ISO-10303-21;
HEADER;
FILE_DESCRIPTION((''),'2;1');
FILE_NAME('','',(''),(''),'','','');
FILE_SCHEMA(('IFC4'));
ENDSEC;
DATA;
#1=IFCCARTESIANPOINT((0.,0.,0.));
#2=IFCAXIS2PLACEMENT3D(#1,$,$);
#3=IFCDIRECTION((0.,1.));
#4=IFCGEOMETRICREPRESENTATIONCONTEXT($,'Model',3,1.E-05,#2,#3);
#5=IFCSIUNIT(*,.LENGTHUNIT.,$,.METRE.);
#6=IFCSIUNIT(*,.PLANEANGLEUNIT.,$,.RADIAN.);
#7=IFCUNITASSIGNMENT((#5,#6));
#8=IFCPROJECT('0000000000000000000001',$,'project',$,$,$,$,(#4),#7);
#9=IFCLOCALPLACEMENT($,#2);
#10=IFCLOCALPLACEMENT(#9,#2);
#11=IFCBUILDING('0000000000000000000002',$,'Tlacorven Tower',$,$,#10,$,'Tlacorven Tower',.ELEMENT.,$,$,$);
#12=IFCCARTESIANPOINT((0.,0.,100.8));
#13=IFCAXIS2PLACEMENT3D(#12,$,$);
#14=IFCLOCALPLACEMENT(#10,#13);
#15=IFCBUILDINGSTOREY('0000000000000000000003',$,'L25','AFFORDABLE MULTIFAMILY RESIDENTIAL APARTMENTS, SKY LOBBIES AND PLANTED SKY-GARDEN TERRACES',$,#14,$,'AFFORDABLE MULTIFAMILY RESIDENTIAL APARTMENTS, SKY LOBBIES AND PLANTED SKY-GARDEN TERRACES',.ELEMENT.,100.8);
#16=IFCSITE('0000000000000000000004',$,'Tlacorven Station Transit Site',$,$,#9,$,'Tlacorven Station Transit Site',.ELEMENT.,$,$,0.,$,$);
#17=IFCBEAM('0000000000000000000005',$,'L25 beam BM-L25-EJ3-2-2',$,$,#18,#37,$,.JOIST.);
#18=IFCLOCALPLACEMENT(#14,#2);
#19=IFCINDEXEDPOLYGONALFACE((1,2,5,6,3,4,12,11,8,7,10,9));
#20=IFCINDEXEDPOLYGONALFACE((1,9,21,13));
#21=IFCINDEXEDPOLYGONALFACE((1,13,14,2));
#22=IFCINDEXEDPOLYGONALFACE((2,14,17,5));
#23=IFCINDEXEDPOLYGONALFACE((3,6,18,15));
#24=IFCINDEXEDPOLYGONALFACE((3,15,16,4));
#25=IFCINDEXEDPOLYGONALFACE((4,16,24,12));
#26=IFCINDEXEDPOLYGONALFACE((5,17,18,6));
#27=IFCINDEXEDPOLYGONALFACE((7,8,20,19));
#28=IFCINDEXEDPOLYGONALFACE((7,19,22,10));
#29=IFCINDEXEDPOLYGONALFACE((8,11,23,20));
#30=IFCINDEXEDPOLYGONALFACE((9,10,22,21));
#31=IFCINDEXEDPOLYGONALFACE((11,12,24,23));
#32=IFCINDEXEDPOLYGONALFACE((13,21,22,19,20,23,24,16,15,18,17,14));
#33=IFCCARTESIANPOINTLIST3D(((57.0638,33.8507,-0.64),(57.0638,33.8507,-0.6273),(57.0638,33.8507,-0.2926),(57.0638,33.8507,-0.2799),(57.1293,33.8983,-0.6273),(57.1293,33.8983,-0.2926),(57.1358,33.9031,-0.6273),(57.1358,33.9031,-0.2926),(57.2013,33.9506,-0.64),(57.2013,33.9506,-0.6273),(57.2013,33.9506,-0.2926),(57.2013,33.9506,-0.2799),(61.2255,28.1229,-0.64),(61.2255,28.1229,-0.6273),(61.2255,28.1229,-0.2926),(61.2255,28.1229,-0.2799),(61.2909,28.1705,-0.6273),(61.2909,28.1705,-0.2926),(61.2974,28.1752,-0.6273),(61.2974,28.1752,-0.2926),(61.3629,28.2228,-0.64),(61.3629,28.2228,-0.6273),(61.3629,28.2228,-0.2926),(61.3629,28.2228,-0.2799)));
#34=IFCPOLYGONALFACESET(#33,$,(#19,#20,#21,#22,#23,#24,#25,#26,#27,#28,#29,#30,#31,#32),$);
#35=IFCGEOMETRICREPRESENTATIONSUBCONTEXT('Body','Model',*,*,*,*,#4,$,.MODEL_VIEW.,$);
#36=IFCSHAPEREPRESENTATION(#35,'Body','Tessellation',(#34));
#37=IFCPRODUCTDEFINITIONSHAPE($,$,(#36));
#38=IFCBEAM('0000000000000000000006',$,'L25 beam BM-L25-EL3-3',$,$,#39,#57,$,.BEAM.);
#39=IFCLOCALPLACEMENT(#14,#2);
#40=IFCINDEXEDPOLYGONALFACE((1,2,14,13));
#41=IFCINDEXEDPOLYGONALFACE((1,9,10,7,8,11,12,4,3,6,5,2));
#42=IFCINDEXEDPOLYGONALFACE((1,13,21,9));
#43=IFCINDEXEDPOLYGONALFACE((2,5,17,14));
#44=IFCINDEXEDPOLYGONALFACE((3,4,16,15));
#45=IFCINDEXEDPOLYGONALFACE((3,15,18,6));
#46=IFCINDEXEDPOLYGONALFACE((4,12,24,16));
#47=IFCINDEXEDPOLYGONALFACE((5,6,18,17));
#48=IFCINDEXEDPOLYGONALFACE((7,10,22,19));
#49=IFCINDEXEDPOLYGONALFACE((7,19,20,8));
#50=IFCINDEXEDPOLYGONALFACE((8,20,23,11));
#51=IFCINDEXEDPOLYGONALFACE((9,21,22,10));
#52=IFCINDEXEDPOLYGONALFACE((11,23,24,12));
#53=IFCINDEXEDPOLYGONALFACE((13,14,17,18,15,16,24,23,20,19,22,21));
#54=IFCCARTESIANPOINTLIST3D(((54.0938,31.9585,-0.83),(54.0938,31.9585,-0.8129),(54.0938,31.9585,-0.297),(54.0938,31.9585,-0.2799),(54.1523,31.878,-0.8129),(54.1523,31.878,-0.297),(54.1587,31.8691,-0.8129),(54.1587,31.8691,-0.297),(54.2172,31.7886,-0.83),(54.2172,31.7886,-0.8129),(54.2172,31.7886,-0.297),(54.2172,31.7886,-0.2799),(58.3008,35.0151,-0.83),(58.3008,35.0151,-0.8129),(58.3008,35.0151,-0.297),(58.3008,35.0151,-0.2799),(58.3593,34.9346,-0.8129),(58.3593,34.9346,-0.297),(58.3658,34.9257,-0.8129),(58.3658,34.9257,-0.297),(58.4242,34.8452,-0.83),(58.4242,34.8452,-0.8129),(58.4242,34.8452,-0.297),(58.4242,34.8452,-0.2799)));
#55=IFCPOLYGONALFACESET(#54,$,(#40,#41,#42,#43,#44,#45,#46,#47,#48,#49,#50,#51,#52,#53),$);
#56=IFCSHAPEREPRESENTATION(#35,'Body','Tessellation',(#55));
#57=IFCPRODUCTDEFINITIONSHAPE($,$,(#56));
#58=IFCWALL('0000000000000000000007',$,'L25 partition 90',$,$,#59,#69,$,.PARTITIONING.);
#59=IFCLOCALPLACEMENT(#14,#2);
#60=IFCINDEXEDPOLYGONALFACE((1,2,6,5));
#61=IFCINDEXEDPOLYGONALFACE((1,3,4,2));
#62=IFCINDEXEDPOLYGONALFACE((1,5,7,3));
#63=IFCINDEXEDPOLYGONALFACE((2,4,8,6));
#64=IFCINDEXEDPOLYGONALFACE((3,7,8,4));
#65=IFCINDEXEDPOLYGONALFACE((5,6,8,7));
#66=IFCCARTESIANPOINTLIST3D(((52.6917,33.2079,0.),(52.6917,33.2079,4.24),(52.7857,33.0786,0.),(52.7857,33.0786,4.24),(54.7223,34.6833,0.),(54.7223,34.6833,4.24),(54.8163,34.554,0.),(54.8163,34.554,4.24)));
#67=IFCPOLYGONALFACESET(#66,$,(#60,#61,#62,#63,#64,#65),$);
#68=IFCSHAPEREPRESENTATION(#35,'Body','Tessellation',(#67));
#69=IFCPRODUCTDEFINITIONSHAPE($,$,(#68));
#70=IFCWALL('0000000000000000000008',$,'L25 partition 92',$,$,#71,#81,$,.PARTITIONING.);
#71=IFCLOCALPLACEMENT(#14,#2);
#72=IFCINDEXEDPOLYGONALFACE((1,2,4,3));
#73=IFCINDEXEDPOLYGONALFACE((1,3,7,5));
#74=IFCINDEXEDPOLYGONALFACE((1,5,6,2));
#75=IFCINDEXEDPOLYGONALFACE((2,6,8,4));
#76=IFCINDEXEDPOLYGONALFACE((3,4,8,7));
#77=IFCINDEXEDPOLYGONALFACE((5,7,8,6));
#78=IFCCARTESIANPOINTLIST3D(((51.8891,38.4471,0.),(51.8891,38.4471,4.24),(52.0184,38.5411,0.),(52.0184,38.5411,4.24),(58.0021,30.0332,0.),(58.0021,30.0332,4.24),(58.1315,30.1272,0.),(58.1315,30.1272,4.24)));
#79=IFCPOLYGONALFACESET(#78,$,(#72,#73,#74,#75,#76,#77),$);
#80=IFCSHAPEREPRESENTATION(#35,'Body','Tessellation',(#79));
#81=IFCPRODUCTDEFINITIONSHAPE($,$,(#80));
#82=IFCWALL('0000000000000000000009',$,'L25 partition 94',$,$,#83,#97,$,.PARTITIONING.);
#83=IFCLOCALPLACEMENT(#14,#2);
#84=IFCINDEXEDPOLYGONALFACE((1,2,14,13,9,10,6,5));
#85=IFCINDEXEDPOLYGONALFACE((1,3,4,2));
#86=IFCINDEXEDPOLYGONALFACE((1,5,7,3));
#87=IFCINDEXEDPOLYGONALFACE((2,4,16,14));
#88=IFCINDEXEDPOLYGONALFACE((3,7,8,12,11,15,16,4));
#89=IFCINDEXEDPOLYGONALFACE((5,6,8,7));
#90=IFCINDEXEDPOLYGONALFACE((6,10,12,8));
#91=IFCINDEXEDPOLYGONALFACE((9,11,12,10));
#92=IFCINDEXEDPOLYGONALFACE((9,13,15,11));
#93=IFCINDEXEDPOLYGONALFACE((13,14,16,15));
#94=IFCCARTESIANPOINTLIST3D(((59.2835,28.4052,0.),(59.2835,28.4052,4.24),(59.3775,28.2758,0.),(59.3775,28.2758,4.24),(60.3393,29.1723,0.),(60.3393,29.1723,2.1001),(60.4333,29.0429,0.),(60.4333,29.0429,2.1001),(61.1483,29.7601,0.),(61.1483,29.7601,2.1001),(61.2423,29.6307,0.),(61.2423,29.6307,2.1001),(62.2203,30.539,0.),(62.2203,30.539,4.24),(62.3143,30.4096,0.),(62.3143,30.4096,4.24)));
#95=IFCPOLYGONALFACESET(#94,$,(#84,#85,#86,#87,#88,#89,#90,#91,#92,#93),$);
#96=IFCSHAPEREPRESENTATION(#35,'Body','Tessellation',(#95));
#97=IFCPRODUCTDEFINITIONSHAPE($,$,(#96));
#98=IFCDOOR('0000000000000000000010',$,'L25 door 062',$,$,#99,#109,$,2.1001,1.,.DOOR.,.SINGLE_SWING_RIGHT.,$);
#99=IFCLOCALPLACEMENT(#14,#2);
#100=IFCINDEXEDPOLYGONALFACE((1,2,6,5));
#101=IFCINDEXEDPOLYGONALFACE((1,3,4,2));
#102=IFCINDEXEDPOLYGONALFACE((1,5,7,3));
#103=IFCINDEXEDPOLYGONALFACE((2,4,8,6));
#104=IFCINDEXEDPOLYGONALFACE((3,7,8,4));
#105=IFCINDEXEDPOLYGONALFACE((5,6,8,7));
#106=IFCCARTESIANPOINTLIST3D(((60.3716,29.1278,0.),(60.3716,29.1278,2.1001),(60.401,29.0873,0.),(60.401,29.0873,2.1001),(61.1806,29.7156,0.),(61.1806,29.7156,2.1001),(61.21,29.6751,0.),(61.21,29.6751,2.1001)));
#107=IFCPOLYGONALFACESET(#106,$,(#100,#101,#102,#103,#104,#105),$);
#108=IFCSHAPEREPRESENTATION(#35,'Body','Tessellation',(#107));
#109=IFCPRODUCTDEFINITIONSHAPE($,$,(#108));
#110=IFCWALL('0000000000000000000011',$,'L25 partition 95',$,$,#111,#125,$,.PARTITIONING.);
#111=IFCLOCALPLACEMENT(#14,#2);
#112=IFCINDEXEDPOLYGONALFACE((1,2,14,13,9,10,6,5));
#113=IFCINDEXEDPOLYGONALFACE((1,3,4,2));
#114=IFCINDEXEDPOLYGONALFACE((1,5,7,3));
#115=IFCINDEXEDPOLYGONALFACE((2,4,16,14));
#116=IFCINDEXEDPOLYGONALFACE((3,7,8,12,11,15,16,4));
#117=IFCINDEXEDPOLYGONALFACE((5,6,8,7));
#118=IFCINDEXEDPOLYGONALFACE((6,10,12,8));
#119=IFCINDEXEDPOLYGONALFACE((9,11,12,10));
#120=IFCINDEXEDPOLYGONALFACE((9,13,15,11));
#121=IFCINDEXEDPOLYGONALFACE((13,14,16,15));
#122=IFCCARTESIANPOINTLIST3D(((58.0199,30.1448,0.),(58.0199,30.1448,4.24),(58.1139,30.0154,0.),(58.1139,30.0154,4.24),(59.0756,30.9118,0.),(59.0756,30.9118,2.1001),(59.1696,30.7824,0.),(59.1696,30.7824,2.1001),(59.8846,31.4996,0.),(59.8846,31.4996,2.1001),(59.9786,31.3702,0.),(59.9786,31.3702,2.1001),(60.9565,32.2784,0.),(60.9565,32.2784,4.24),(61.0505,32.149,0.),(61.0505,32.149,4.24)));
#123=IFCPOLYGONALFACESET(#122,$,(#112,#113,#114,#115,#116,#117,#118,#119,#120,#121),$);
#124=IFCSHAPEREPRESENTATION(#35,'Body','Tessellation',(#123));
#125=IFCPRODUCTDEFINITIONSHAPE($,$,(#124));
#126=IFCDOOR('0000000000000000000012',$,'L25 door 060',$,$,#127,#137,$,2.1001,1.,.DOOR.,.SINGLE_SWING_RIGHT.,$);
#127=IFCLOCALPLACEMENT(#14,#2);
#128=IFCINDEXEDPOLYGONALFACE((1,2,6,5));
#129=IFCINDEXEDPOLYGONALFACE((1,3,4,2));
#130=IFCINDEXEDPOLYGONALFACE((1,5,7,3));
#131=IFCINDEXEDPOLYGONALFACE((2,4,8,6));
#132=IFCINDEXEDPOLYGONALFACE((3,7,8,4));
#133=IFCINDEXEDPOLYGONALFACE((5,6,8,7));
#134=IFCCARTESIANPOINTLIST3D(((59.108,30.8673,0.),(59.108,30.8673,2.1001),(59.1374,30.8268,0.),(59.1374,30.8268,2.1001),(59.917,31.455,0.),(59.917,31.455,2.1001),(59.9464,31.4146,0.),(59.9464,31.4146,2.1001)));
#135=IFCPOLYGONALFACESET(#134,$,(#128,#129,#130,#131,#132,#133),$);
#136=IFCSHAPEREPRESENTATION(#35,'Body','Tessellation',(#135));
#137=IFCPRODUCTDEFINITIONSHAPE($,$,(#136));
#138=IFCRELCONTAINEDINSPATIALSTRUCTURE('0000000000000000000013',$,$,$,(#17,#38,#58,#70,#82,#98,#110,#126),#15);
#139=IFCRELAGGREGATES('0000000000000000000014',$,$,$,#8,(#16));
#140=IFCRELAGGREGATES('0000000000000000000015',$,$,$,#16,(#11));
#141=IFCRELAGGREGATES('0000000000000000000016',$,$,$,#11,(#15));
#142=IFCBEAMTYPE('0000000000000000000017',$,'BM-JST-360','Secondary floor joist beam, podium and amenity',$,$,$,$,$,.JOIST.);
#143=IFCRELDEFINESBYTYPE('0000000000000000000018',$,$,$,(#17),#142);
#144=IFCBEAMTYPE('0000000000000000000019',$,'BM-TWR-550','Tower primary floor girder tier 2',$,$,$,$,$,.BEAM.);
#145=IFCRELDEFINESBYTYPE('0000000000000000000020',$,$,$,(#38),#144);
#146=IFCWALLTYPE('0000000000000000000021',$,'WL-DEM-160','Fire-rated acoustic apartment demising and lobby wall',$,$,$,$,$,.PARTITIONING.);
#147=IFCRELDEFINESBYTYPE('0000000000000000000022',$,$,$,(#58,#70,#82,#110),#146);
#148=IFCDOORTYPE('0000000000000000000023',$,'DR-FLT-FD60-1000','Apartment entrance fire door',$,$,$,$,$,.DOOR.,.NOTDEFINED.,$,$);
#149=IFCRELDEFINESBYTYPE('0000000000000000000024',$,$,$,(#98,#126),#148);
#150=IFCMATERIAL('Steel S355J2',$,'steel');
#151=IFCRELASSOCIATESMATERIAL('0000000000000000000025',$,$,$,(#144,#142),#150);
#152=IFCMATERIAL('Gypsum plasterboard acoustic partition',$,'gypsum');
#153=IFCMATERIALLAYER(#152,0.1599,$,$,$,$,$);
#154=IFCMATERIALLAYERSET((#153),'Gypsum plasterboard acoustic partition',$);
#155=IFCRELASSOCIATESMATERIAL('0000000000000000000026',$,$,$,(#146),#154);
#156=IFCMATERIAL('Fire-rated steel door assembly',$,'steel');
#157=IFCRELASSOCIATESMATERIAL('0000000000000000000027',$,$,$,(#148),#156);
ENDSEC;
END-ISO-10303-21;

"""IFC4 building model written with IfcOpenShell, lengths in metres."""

from ifc_helpers import new_model, si_unit, direction, frame, frame_2d, origin, origin_2d, place, context, subcontext, project, spatial, rectangle, i_section, extrude, source, transform, mapped, material, layer, layer_set, material_profile, profile_set, type_object, element, fill, save


model = new_model("IFC4")

# Units and contexts
model_context = context("Model", 3, precision=1e-05, world=origin(), true_north=direction((0.0, 1.0)))
body_context = subcontext(model_context, "Body", "Model", "MODEL_VIEW")
ifc_project = project(units=[si_unit("LENGTHUNIT", "METRE"), si_unit("PLANEANGLEUNIT", "RADIAN")], contexts=[model_context])

# Site, building, storey
site_placement = place(None, origin())
site = spatial("IfcSite", under=ifc_project, at=site_placement, Name="Tlacorven Station Transit Site", LongName="Tlacorven Station Transit Site", CompositionType="ELEMENT", RefElevation=0.0)
building_placement = place(site_placement, origin())
building = spatial("IfcBuilding", under=site, at=building_placement, Name="Tlacorven Tower", LongName="Tlacorven Tower", CompositionType="ELEMENT")
storey_placement = place(building_placement, frame((0.0, 0.0, 100.8)))
storey = spatial("IfcBuildingStorey", under=building, at=storey_placement, Name="L25", Description="AFFORDABLE MULTIFAMILY RESIDENTIAL APARTMENTS, SKY LOBBIES AND PLANTED SKY-GARDEN TERRACES", LongName="AFFORDABLE MULTIFAMILY RESIDENTIAL APARTMENTS, SKY LOBBIES AND PLANTED SKY-GARDEN TERRACES", CompositionType="ELEMENT", Elevation=100.8)

# Beams
ifc_material_1 = material(Name="Steel S355J2", Category="steel")
ifc_material_profile_1 = material_profile(ifc_material_1, i_section(OverallWidth=0.21, OverallDepth=0.55, WebThickness=0.011, FlangeThickness=0.0171, at=origin_2d()), Name="IPE 550")
ifc_profile_set_1 = profile_set([ifc_material_profile_1], Name="Steel S355J2")
beam_type_1 = type_object("IfcBeamType", Name="BM-TWR-550", Description="Tower primary floor girder tier 2", PredefinedType="BEAM", material=ifc_profile_set_1)
ifc_material_profile_2 = material_profile(ifc_material_1, i_section(OverallWidth=0.1699, OverallDepth=0.3601, WebThickness=0.0081, FlangeThickness=0.0127, at=origin_2d()), Name="IPE 360")
ifc_profile_set_2 = profile_set([ifc_material_profile_2], Name="Steel S355J2")
beam_type_2 = type_object("IfcBeamType", Name="BM-JST-360", Description="Secondary floor joist beam, podium and amenity", PredefinedType="JOIST", material=ifc_profile_set_2)
shared_shape_1 = source(origin(), body_context, "Body", "SweptSolid", [
    extrude(i_section(OverallWidth=0.1699, OverallDepth=0.3601, WebThickness=0.0081, FlangeThickness=0.0127, at=origin_2d()), origin(), (0.0, 0.0, 1.0), 7.0801),
])
beam_1_placement = place(storey_placement, frame((61.2942, 28.1729, -0.46), z_axis=(-0.587798, 0.809007, 0.0), x_axis=(-0.809007, -0.587798, 0.0)))
element("IfcBeam", 1, at=beam_1_placement, inside=storey, type_object=beam_type_2, Name="L25 beam BM-L25-EJ3-2-2", PredefinedType="JOIST", context=body_context, shape_type="MappedRepresentation", body=[
    mapped(shared_shape_1, transform((0.0, 0.0, 0.0), scale=1.0)),
])
shared_shape_2 = source(origin(), body_context, "Body", "SweptSolid", [
    extrude(i_section(OverallWidth=0.21, OverallDepth=0.55, WebThickness=0.011, FlangeThickness=0.0171, at=origin_2d()), origin(), (0.0, 0.0, 1.0), 5.2002),
])
beam_2_placement = place(storey_placement, frame((54.1555, 31.8735, -0.5549), z_axis=(0.809012, 0.587792, 0.0), x_axis=(-0.587792, 0.809012, 0.0)))
element("IfcBeam", 2, at=beam_2_placement, inside=storey, type_object=beam_type_1, Name="L25 beam BM-L25-EL3-3", PredefinedType="BEAM", context=body_context, shape_type="MappedRepresentation", body=[
    mapped(shared_shape_2, transform((0.0, 0.0, 0.0), scale=1.0)),
])

# Walls
ifc_material_2 = material(Name="Gypsum plasterboard acoustic partition", Category="gypsum")
ifc_layer_1 = layer(ifc_material_2, 0.1599)
ifc_layer_set_1 = layer_set([ifc_layer_1], Name="Gypsum plasterboard acoustic partition")
wall_type_1 = type_object("IfcWallType", Name="WL-DEM-160", Description="Fire-rated acoustic apartment demising and lobby wall", PredefinedType="PARTITIONING", material=ifc_layer_set_1)
wall_1_placement = place(storey_placement, frame((52.7388, 33.1433, 0.0), z_axis=(0.0, 0.0, 1.0), x_axis=(0.809001, 0.587807, 0.0)))
element("IfcWall", 3, at=wall_1_placement, inside=storey, type_object=wall_type_1, Name="L25 partition 90", PredefinedType="PARTITIONING", context=body_context, shape_type="SweptSolid", body=[
    extrude(rectangle(XDim=2.51, YDim=0.1599, at=frame_2d((1.2549, 0.0))), origin(), (0.0, 0.0, 1.0), 4.24),
])
wall_2_placement = place(storey_placement, frame((58.0669, 30.0801, 0.0), z_axis=(0.0, 0.0, 1.0), x_axis=(-0.587788, 0.809015, 0.0)))
element("IfcWall", 4, at=wall_2_placement, inside=storey, type_object=wall_type_1, Name="L25 partition 92", PredefinedType="PARTITIONING", context=body_context, shape_type="SweptSolid", body=[
    extrude(rectangle(XDim=10.4001, YDim=0.1599, at=frame_2d((5.2002, 0.0))), origin(), (0.0, 0.0, 1.0), 4.24),
])

# Walls, openings, doors
wall_3_placement = place(storey_placement, frame((59.3306, 28.3406, 0.0), z_axis=(0.0, 0.0, 1.0), x_axis=(0.809004, 0.587804, 0.0)))
wall_3 = element("IfcWall", 5, at=wall_3_placement, inside=storey, type_object=wall_type_1, Name="L25 partition 94", PredefinedType="PARTITIONING", context=body_context, shape_type="SweptSolid", body=[
    extrude(rectangle(XDim=3.6301, YDim=0.1599, at=frame_2d((1.8149, 0.0))), origin(), (0.0, 0.0, 1.0), 4.24),
])
opening_1_placement = place(wall_3_placement, frame((1.3049, 0.0, 0.0)))
opening_1 = element("IfcOpeningElement", 6, at=opening_1_placement, cuts=wall_3, PredefinedType="OPENING", context=body_context, shape_type="SweptSolid", body=[
    extrude(rectangle(XDim=1.0, YDim=2.1001, at=frame_2d((0.5, 1.05))), frame((0.0, 0.0898, 0.0), z_axis=(0.0, -1.0, 0.0), x_axis=(1.0, 0.0, 0.0)), (0.0, 0.0, 1.0), 0.1799),
])
ifc_material_3 = material(Name="Fire-rated steel door assembly", Category="steel")
door_type_1 = type_object("IfcDoorType", Name="DR-FLT-FD60-1000", Description="Apartment entrance fire door", OperationType="NOTDEFINED", PredefinedType="DOOR", material=ifc_material_3)
shared_shape_3 = source(origin(), body_context, "Body", "SweptSolid", [
    extrude(rectangle(XDim=1.0, YDim=2.1001, at=frame_2d((0.5, 1.05))), frame((0.0, 0.0249, 0.0), z_axis=(0.0, -1.0, 0.0), x_axis=(1.0, 0.0, 0.0)), (0.0, 0.0, 1.0), 0.05),
])
door_1_placement = place(opening_1_placement, origin())
door_1 = element("IfcDoor", 7, at=door_1_placement, inside=storey, type_object=door_type_1, Name="L25 door 062", OperationType="SINGLE_SWING_RIGHT", OverallHeight=2.1001, OverallWidth=1.0, PredefinedType="DOOR", context=body_context, shape_type="MappedRepresentation", body=[
    mapped(shared_shape_3, transform((0.0, 0.0, 0.0), scale=1.0)),
])
fill(opening_1, door_1)
wall_4_placement = place(storey_placement, frame((58.0669, 30.0801, 0.0), z_axis=(0.0, 0.0, 1.0), x_axis=(0.809012, 0.587792, 0.0)))
wall_4 = element("IfcWall", 8, at=wall_4_placement, inside=storey, type_object=wall_type_1, Name="L25 partition 95", PredefinedType="PARTITIONING", context=body_context, shape_type="SweptSolid", body=[
    extrude(rectangle(XDim=3.6299, YDim=0.1599, at=frame_2d((1.8149, 0.0))), origin(), (0.0, 0.0, 1.0), 4.24),
])
opening_2_placement = place(wall_4_placement, frame((1.3049, 0.0, 0.0)))
opening_2 = element("IfcOpeningElement", 9, at=opening_2_placement, cuts=wall_4, PredefinedType="OPENING", context=body_context, shape_type="SweptSolid", body=[
    extrude(rectangle(XDim=1.0, YDim=2.1001, at=frame_2d((0.5, 1.05))), frame((0.0, 0.0898, 0.0), z_axis=(0.0, -1.0, 0.0), x_axis=(1.0, 0.0, 0.0)), (0.0, 0.0, 1.0), 0.1799),
])
door_2_placement = place(opening_2_placement, origin())
door_2 = element("IfcDoor", 10, at=door_2_placement, inside=storey, type_object=door_type_1, Name="L25 door 060", OperationType="SINGLE_SWING_RIGHT", OverallHeight=2.1001, OverallWidth=1.0, PredefinedType="DOOR", context=body_context, shape_type="MappedRepresentation", body=[
    mapped(shared_shape_3, transform((0.0, 0.0, 0.0), scale=1.0)),
])
fill(opening_2, door_2)

save(model, "model.ifc")
